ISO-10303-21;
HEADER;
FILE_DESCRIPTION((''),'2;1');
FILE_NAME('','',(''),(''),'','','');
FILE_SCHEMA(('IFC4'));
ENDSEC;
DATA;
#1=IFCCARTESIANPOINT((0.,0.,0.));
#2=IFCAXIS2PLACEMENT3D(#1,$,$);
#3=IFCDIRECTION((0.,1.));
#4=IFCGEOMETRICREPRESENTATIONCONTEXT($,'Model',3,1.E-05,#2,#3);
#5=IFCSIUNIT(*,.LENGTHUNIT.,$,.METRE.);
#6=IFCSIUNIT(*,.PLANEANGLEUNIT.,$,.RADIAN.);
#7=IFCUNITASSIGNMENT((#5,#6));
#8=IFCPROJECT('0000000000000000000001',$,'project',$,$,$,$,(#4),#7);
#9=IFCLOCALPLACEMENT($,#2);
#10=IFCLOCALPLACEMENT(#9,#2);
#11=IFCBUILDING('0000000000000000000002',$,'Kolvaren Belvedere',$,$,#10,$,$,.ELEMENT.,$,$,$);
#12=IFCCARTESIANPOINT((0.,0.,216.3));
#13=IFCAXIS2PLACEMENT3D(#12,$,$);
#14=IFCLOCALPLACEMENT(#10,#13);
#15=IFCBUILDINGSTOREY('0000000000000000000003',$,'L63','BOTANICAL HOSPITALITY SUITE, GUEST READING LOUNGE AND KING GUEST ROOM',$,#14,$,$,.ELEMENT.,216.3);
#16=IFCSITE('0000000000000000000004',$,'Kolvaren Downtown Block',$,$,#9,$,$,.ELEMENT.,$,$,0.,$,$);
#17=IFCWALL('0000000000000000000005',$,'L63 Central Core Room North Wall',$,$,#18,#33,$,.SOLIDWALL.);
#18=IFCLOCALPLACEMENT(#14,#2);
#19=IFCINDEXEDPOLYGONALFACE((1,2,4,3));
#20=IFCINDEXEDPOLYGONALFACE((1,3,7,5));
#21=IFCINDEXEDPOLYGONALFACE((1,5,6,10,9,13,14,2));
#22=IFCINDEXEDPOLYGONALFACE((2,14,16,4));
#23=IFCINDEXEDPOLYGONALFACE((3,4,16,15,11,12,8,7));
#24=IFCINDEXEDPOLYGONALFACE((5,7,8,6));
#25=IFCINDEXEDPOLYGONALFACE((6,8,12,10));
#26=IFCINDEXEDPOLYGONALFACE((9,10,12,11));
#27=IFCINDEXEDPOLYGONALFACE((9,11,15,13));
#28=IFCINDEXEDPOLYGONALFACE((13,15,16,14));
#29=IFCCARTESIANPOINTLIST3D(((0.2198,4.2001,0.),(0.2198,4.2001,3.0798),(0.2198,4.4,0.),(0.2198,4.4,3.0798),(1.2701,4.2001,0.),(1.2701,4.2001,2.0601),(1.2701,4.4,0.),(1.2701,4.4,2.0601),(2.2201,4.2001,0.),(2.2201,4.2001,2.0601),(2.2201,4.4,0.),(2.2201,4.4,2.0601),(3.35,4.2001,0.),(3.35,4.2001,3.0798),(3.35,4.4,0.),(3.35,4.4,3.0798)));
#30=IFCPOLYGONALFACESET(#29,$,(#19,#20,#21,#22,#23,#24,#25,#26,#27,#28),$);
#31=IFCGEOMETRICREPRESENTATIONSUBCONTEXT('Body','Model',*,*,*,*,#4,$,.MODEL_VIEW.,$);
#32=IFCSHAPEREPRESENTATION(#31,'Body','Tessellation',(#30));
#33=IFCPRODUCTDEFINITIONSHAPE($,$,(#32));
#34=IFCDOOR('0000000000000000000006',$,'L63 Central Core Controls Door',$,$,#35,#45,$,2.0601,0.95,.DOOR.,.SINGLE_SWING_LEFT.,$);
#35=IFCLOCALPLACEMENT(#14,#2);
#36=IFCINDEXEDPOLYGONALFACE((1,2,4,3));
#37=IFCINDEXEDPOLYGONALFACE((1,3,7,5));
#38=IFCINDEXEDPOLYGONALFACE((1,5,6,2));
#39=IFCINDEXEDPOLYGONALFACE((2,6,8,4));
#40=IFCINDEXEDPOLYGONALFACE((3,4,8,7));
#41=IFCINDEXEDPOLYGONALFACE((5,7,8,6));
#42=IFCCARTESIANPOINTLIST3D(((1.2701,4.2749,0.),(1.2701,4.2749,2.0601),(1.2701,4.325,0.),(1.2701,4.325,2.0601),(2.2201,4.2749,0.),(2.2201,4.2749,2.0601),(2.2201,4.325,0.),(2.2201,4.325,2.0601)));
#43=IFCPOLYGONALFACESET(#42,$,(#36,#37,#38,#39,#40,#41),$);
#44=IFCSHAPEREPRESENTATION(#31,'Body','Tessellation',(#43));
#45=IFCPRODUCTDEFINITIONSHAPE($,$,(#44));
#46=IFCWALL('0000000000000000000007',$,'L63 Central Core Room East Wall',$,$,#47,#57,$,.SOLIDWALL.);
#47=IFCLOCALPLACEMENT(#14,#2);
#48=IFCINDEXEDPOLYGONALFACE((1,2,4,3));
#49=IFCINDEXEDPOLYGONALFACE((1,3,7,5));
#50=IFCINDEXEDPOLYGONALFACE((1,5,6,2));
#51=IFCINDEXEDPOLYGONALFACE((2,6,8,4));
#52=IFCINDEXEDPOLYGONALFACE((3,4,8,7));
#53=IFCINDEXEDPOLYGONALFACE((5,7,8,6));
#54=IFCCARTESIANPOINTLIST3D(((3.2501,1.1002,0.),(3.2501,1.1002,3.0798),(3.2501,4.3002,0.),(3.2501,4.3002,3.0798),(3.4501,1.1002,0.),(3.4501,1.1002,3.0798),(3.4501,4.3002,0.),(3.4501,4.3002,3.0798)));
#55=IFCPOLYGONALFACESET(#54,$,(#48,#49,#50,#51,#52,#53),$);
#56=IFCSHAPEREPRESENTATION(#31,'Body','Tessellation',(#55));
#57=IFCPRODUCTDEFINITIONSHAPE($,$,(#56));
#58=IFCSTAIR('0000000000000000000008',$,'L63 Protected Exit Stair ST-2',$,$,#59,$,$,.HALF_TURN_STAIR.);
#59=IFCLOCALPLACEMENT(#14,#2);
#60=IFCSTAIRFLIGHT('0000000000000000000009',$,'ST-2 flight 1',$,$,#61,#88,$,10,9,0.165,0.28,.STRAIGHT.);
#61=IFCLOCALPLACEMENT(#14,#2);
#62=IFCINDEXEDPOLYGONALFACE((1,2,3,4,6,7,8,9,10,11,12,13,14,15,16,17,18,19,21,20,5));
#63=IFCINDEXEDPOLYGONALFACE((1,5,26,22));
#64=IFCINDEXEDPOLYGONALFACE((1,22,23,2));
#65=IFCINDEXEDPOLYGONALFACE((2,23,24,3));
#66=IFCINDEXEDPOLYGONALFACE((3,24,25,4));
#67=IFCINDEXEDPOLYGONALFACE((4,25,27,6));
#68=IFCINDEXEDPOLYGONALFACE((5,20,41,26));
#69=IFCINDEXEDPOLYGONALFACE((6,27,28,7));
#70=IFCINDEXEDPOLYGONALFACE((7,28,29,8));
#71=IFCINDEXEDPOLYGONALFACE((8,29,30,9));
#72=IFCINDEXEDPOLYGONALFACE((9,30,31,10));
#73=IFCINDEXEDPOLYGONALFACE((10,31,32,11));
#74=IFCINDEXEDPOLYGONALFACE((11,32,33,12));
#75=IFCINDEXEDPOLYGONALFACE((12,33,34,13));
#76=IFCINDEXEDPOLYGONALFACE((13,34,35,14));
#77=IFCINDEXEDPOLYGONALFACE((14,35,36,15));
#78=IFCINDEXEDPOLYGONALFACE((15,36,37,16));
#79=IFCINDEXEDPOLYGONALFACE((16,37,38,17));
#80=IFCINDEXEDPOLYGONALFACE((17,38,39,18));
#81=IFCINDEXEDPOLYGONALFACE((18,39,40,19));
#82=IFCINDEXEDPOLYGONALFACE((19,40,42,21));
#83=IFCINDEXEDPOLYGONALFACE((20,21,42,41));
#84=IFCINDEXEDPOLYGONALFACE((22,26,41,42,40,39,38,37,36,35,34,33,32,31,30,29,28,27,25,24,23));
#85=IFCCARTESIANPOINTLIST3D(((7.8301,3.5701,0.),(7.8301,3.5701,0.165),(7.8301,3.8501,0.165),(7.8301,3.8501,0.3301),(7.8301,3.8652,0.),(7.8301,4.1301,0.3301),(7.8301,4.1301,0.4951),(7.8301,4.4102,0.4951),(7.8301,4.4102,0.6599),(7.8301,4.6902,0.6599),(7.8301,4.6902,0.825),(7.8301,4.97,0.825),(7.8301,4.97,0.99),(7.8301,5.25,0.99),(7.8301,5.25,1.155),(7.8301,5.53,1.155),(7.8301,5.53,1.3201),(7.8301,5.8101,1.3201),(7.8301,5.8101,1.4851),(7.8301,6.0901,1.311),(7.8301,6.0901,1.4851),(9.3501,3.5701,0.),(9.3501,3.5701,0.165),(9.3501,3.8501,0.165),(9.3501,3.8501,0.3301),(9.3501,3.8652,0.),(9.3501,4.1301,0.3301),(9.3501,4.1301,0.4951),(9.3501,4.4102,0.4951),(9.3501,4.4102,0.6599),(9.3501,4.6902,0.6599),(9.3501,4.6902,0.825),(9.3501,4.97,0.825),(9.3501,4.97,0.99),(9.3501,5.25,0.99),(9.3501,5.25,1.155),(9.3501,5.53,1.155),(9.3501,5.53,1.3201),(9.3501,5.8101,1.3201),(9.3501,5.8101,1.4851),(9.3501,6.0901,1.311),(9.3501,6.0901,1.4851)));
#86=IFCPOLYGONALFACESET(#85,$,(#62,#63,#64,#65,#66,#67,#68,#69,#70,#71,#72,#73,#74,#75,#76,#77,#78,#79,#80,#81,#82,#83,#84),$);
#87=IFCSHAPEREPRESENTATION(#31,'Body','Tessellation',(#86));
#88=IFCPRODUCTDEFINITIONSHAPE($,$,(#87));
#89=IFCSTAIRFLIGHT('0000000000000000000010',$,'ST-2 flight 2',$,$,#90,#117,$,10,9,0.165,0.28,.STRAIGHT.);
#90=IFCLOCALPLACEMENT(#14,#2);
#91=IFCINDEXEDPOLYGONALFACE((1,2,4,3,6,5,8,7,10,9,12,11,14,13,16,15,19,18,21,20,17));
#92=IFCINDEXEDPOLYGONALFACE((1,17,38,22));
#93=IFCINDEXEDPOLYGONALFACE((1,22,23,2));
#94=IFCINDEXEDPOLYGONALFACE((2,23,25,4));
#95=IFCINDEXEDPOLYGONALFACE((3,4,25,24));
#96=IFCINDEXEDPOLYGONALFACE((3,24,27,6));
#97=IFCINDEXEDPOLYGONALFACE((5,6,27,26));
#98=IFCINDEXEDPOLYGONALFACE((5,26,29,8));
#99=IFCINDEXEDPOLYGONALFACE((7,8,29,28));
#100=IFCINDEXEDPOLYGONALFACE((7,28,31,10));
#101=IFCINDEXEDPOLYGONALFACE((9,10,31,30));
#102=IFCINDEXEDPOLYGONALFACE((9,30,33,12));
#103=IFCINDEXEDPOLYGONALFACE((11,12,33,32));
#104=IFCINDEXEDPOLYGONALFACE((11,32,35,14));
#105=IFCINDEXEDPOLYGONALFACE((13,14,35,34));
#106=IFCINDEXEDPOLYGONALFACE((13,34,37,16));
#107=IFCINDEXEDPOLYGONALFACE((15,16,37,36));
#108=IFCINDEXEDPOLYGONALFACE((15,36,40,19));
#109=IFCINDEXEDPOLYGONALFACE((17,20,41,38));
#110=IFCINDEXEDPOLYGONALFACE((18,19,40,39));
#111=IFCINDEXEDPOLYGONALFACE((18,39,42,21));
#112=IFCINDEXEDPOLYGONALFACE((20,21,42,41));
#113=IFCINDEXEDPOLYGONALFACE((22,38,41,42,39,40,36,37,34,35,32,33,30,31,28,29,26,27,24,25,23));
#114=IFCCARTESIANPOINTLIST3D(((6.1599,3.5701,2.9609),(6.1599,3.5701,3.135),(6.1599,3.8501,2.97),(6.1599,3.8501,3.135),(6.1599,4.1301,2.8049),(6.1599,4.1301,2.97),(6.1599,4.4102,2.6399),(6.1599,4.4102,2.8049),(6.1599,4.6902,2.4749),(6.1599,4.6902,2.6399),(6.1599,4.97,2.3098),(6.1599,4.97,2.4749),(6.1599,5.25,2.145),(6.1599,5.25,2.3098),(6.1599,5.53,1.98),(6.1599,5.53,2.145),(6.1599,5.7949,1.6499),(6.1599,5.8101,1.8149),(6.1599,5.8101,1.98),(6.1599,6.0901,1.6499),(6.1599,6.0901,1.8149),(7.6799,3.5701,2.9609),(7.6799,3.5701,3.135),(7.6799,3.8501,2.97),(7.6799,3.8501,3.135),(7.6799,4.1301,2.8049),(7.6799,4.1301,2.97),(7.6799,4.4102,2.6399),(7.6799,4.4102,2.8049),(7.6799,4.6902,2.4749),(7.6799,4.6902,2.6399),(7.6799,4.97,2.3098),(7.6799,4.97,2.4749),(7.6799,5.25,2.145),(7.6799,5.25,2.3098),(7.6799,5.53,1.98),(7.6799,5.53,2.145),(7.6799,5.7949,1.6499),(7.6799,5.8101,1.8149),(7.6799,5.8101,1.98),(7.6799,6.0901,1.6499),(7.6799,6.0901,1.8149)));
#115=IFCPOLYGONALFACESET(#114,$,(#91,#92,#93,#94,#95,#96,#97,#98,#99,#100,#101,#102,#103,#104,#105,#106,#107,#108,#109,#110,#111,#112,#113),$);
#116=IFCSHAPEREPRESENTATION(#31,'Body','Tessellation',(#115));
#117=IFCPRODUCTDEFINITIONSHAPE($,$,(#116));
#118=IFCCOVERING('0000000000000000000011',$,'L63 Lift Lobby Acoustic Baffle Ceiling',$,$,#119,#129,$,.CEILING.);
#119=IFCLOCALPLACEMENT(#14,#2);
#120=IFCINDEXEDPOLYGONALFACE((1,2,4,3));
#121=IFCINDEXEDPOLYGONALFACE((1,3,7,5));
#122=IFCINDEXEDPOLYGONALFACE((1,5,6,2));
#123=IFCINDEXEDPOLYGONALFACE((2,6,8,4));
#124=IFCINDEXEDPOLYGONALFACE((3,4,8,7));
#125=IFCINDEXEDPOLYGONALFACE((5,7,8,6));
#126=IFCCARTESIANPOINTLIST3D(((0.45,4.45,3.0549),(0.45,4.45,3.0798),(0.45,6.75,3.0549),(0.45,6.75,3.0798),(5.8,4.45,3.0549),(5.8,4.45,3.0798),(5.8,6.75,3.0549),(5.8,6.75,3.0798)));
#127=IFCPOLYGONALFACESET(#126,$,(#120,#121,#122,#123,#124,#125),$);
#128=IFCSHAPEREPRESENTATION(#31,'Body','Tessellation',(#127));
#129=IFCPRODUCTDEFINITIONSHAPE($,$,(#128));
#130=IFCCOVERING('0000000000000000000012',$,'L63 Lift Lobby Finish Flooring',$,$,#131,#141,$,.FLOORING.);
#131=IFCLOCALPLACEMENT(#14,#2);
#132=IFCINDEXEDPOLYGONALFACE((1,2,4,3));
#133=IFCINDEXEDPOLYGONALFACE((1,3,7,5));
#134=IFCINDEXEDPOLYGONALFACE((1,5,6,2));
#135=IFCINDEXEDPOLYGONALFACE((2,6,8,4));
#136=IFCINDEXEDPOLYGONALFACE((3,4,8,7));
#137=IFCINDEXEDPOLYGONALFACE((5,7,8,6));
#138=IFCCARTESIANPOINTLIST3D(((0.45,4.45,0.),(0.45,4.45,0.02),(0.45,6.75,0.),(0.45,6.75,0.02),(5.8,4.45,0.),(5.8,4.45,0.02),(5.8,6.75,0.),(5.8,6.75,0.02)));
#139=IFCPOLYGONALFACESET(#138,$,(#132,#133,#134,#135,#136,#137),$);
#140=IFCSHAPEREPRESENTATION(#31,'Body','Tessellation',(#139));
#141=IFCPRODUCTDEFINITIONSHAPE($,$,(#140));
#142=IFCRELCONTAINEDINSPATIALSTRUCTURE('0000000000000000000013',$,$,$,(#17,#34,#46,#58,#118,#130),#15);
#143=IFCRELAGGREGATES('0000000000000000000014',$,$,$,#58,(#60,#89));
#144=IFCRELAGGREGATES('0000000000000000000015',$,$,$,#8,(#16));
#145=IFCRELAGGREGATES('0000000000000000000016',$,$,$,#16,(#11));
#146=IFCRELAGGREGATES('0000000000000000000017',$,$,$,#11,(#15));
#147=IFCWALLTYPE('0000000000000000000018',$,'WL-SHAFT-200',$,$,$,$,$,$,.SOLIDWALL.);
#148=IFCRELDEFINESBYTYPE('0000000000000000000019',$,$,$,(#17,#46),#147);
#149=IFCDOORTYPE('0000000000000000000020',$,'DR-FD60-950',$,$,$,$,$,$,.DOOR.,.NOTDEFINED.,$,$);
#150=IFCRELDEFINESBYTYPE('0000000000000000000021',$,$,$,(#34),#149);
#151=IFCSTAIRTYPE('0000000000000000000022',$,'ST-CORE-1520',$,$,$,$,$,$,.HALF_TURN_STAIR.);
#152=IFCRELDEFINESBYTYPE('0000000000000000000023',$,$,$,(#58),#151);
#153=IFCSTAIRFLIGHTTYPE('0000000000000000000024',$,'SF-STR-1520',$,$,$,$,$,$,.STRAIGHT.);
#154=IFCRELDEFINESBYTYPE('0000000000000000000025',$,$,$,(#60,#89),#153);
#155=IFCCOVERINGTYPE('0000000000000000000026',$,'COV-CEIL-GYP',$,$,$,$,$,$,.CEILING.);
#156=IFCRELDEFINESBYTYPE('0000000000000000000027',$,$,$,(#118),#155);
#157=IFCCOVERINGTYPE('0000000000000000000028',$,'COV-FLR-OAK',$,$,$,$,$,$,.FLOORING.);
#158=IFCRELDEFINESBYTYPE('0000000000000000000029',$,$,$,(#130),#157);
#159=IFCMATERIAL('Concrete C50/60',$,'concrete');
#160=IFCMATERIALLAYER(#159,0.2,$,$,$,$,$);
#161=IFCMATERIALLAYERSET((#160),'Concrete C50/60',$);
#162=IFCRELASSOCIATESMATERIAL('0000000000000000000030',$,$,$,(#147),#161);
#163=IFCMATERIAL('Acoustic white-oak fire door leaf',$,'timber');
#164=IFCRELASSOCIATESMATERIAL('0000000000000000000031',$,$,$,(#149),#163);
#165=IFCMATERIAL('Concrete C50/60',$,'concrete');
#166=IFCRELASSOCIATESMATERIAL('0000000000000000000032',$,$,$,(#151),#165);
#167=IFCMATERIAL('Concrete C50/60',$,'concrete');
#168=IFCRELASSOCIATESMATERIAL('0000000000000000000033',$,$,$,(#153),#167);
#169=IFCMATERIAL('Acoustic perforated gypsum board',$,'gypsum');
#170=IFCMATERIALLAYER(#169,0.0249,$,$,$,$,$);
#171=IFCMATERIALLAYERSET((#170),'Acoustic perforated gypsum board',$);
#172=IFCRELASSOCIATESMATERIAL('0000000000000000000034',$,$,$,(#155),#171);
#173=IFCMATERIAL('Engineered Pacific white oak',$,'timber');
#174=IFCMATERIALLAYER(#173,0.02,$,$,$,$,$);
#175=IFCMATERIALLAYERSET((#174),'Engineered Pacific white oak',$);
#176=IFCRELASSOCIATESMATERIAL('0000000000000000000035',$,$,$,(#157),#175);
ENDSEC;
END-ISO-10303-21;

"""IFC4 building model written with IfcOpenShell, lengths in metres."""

from ifc_helpers import new_model, si_unit, direction, frame, frame_2d, origin, place, context, subcontext, project, spatial, polyline, rectangle, outline, extrude, material, layer, layer_set, type_object, element, fill, aggregate, save


model = new_model("IFC4")

# Units and contexts
model_context = context("Model", 3, precision=1e-05, world=origin(), true_north=direction((0.0, 1.0)))
body_context = subcontext(model_context, "Body", "Model", "MODEL_VIEW")
ifc_project = project(units=[si_unit("LENGTHUNIT", "METRE"), si_unit("PLANEANGLEUNIT", "RADIAN")], contexts=[model_context])

# Site, building, storey
site_placement = place(None, origin())
site = spatial("IfcSite", under=ifc_project, at=site_placement, Name="Kolvaren Downtown Block", CompositionType="ELEMENT", RefElevation=0.0)
building_placement = place(site_placement, origin())
building = spatial("IfcBuilding", under=site, at=building_placement, Name="Kolvaren Belvedere", CompositionType="ELEMENT")
storey_placement = place(building_placement, frame((0.0, 0.0, 216.3)))
storey = spatial("IfcBuildingStorey", under=building, at=storey_placement, Name="L63", Description="BOTANICAL HOSPITALITY SUITE, GUEST READING LOUNGE AND KING GUEST ROOM", CompositionType="ELEMENT", Elevation=216.3)

# Shared definitions
ifc_material_1 = material(Name="Concrete C50/60", Category="concrete")
ifc_layer_1 = layer(ifc_material_1, 0.2)
ifc_layer_set_1 = layer_set([ifc_layer_1], Name="Concrete C50/60")
wall_type_1 = type_object("IfcWallType", Name="WL-SHAFT-200", PredefinedType="SOLIDWALL", material=ifc_layer_set_1)

# Wall, opening, door
wall_1_placement = place(storey_placement, frame((0.22, 4.3, 0.0), z_axis=(0.0, 0.0, 1.0), x_axis=(1.0, 0.0, 0.0)))
wall_1 = element("IfcWall", 1, at=wall_1_placement, inside=storey, type_object=wall_type_1, Name="L63 Central Core Room North Wall", PredefinedType="SOLIDWALL", context=body_context, shape_type="SweptSolid", body=[
    extrude(rectangle(XDim=3.1301, YDim=0.2, at=frame_2d((1.5649, 0.0))), origin(), (0.0, 0.0, 1.0), 3.0798),
])
opening_1_placement = place(wall_1_placement, frame((1.05, 0.0, 0.0)))
opening_1 = element("IfcOpeningElement", 2, at=opening_1_placement, cuts=wall_1, PredefinedType="OPENING", context=body_context, shape_type="SweptSolid", body=[
    extrude(rectangle(XDim=0.95, YDim=2.0601, at=frame_2d((0.4751, 1.03))), frame((0.0, 0.1099, 0.0), z_axis=(0.0, -1.0, 0.0), x_axis=(1.0, 0.0, 0.0)), (0.0, 0.0, 1.0), 0.22),
])
ifc_material_2 = material(Name="Acoustic white-oak fire door leaf", Category="timber")
door_type_1 = type_object("IfcDoorType", Name="DR-FD60-950", OperationType="NOTDEFINED", PredefinedType="DOOR", material=ifc_material_2)
door_1_placement = place(opening_1_placement, origin())
door_1 = element("IfcDoor", 3, at=door_1_placement, inside=storey, type_object=door_type_1, Name="L63 Central Core Controls Door", OperationType="SINGLE_SWING_LEFT", OverallHeight=2.0601, OverallWidth=0.95, PredefinedType="DOOR", context=body_context, shape_type="SweptSolid", body=[
    extrude(rectangle(XDim=0.95, YDim=2.0601, at=frame_2d((0.4751, 1.03))), frame((0.0, 0.0249, 0.0), z_axis=(0.0, -1.0, 0.0), x_axis=(1.0, 0.0, 0.0)), (0.0, 0.0, 1.0), 0.05),
])
fill(opening_1, door_1)

# Wall
wall_2_placement = place(storey_placement, frame((3.3501, 1.1001, 0.0), z_axis=(0.0, 0.0, 1.0), x_axis=(0.0, 1.0, 0.0)))
element("IfcWall", 4, at=wall_2_placement, inside=storey, type_object=wall_type_1, Name="L63 Central Core Room East Wall", PredefinedType="SOLIDWALL", context=body_context, shape_type="SweptSolid", body=[
    extrude(rectangle(XDim=3.2, YDim=0.2, at=frame_2d((1.6001, 0.0))), origin(), (0.0, 0.0, 1.0), 3.0798),
])

# Stair, stair flights
ifc_material_3 = material(Name="Concrete C50/60", Category="concrete")
stair_type = type_object("IfcStairType", Name="ST-CORE-1520", PredefinedType="HALF_TURN_STAIR", material=ifc_material_3)
stair_placement = place(storey_placement, origin())
stair = element("IfcStair", 5, at=stair_placement, inside=storey, type_object=stair_type, Name="L63 Protected Exit Stair ST-2", PredefinedType="HALF_TURN_STAIR")
ifc_material_4 = material(Name="Concrete C50/60", Category="concrete")
stair_flight_type = type_object("IfcStairFlightType", Name="SF-STR-1520", PredefinedType="STRAIGHT", material=ifc_material_4)
stair_flight_1_placement = place(storey_placement, frame((8.5901, 3.5701, 0.0), z_axis=(0.0, 0.0, 1.0), x_axis=(0.0, 1.0, 0.0)))
stair_flight_1 = element("IfcStairFlight", 6, at=stair_flight_1_placement, type_object=stair_flight_type, Name="ST-2 flight 1", NumberOfRisers=10, NumberOfTreads=9, PredefinedType="STRAIGHT", RiserHeight=0.165, TreadLength=0.28, context=body_context, shape_type="SweptSolid", body=[
    extrude(outline(polyline([(0.0, 0.0), (0.0, 0.165), (0.28, 0.165), (0.28, 0.3301), (0.5601, 0.3301), (0.5601, 0.4951), (0.8401, 0.4951), (0.8401, 0.6599), (1.1201, 0.6599), (1.1201, 0.825), (1.3999, 0.825), (1.3999, 0.99), (1.6799, 0.99), (1.6799, 1.155), (1.96, 1.155), (1.96, 1.3201), (2.24, 1.3201), (2.24, 1.4851), (2.52, 1.4851), (2.52, 1.6499), (2.52, 1.311), (0.2952, 0.0), (0.0, 0.0)])), frame((0.0, 0.76, 0.0), z_axis=(0.0, -1.0, 0.0), x_axis=(1.0, 0.0, 0.0)), (0.0, 0.0, 1.0), 1.52),
])
stair_flight_2_placement = place(storey_placement, frame((6.9199, 6.0901, 1.6499), z_axis=(0.0, 0.0, 1.0), x_axis=(0.0, -1.0, 0.0)))
stair_flight_2 = element("IfcStairFlight", 7, at=stair_flight_2_placement, type_object=stair_flight_type, Name="ST-2 flight 2", NumberOfRisers=10, NumberOfTreads=9, PredefinedType="STRAIGHT", RiserHeight=0.165, TreadLength=0.28, context=body_context, shape_type="SweptSolid", body=[
    extrude(outline(polyline([(0.0, 0.0), (0.0, 0.165), (0.28, 0.165), (0.28, 0.3301), (0.5601, 0.3301), (0.5601, 0.4951), (0.8401, 0.4951), (0.8401, 0.6599), (1.1201, 0.6599), (1.1201, 0.825), (1.3999, 0.825), (1.3999, 0.99), (1.6799, 0.99), (1.6799, 1.155), (1.96, 1.155), (1.96, 1.3201), (2.24, 1.3201), (2.24, 1.4851), (2.52, 1.4851), (2.52, 1.6499), (2.52, 1.311), (0.2952, 0.0), (0.0, 0.0)])), frame((0.0, 0.76, 0.0), z_axis=(0.0, -1.0, 0.0), x_axis=(1.0, 0.0, 0.0)), (0.0, 0.0, 1.0), 1.52),
])
aggregate(stair, [stair_flight_1, stair_flight_2])

# Coverings
ifc_material_5 = material(Name="Acoustic perforated gypsum board", Category="gypsum")
ifc_layer_2 = layer(ifc_material_5, 0.0249)
ifc_layer_set_2 = layer_set([ifc_layer_2], Name="Acoustic perforated gypsum board")
covering_type_1 = type_object("IfcCoveringType", Name="COV-CEIL-GYP", PredefinedType="CEILING", material=ifc_layer_set_2)
covering_1_placement = place(storey_placement, frame((0.0, 0.0, 3.0549)))
element("IfcCovering", 8, at=covering_1_placement, inside=storey, type_object=covering_type_1, Name="L63 Lift Lobby Acoustic Baffle Ceiling", PredefinedType="CEILING", context=body_context, shape_type="SweptSolid", body=[
    extrude(outline(polyline([(0.45, 4.45), (5.8, 4.45), (5.8, 6.75), (0.45, 6.75), (0.45, 4.45)])), origin(), (0.0, 0.0, 1.0), 0.0249),
])
ifc_material_6 = material(Name="Engineered Pacific white oak", Category="timber")
ifc_layer_3 = layer(ifc_material_6, 0.02)
ifc_layer_set_3 = layer_set([ifc_layer_3], Name="Engineered Pacific white oak")
covering_type_2 = type_object("IfcCoveringType", Name="COV-FLR-OAK", PredefinedType="FLOORING", material=ifc_layer_set_3)
covering_2_placement = place(storey_placement, origin())
element("IfcCovering", 9, at=covering_2_placement, inside=storey, type_object=covering_type_2, Name="L63 Lift Lobby Finish Flooring", PredefinedType="FLOORING", context=body_context, shape_type="SweptSolid", body=[
    extrude(outline(polyline([(0.45, 4.45), (5.8, 4.45), (5.8, 6.75), (0.45, 6.75), (0.45, 4.45)])), origin(), (0.0, 0.0, 1.0), 0.02),
])

save(model, "model.ifc")
